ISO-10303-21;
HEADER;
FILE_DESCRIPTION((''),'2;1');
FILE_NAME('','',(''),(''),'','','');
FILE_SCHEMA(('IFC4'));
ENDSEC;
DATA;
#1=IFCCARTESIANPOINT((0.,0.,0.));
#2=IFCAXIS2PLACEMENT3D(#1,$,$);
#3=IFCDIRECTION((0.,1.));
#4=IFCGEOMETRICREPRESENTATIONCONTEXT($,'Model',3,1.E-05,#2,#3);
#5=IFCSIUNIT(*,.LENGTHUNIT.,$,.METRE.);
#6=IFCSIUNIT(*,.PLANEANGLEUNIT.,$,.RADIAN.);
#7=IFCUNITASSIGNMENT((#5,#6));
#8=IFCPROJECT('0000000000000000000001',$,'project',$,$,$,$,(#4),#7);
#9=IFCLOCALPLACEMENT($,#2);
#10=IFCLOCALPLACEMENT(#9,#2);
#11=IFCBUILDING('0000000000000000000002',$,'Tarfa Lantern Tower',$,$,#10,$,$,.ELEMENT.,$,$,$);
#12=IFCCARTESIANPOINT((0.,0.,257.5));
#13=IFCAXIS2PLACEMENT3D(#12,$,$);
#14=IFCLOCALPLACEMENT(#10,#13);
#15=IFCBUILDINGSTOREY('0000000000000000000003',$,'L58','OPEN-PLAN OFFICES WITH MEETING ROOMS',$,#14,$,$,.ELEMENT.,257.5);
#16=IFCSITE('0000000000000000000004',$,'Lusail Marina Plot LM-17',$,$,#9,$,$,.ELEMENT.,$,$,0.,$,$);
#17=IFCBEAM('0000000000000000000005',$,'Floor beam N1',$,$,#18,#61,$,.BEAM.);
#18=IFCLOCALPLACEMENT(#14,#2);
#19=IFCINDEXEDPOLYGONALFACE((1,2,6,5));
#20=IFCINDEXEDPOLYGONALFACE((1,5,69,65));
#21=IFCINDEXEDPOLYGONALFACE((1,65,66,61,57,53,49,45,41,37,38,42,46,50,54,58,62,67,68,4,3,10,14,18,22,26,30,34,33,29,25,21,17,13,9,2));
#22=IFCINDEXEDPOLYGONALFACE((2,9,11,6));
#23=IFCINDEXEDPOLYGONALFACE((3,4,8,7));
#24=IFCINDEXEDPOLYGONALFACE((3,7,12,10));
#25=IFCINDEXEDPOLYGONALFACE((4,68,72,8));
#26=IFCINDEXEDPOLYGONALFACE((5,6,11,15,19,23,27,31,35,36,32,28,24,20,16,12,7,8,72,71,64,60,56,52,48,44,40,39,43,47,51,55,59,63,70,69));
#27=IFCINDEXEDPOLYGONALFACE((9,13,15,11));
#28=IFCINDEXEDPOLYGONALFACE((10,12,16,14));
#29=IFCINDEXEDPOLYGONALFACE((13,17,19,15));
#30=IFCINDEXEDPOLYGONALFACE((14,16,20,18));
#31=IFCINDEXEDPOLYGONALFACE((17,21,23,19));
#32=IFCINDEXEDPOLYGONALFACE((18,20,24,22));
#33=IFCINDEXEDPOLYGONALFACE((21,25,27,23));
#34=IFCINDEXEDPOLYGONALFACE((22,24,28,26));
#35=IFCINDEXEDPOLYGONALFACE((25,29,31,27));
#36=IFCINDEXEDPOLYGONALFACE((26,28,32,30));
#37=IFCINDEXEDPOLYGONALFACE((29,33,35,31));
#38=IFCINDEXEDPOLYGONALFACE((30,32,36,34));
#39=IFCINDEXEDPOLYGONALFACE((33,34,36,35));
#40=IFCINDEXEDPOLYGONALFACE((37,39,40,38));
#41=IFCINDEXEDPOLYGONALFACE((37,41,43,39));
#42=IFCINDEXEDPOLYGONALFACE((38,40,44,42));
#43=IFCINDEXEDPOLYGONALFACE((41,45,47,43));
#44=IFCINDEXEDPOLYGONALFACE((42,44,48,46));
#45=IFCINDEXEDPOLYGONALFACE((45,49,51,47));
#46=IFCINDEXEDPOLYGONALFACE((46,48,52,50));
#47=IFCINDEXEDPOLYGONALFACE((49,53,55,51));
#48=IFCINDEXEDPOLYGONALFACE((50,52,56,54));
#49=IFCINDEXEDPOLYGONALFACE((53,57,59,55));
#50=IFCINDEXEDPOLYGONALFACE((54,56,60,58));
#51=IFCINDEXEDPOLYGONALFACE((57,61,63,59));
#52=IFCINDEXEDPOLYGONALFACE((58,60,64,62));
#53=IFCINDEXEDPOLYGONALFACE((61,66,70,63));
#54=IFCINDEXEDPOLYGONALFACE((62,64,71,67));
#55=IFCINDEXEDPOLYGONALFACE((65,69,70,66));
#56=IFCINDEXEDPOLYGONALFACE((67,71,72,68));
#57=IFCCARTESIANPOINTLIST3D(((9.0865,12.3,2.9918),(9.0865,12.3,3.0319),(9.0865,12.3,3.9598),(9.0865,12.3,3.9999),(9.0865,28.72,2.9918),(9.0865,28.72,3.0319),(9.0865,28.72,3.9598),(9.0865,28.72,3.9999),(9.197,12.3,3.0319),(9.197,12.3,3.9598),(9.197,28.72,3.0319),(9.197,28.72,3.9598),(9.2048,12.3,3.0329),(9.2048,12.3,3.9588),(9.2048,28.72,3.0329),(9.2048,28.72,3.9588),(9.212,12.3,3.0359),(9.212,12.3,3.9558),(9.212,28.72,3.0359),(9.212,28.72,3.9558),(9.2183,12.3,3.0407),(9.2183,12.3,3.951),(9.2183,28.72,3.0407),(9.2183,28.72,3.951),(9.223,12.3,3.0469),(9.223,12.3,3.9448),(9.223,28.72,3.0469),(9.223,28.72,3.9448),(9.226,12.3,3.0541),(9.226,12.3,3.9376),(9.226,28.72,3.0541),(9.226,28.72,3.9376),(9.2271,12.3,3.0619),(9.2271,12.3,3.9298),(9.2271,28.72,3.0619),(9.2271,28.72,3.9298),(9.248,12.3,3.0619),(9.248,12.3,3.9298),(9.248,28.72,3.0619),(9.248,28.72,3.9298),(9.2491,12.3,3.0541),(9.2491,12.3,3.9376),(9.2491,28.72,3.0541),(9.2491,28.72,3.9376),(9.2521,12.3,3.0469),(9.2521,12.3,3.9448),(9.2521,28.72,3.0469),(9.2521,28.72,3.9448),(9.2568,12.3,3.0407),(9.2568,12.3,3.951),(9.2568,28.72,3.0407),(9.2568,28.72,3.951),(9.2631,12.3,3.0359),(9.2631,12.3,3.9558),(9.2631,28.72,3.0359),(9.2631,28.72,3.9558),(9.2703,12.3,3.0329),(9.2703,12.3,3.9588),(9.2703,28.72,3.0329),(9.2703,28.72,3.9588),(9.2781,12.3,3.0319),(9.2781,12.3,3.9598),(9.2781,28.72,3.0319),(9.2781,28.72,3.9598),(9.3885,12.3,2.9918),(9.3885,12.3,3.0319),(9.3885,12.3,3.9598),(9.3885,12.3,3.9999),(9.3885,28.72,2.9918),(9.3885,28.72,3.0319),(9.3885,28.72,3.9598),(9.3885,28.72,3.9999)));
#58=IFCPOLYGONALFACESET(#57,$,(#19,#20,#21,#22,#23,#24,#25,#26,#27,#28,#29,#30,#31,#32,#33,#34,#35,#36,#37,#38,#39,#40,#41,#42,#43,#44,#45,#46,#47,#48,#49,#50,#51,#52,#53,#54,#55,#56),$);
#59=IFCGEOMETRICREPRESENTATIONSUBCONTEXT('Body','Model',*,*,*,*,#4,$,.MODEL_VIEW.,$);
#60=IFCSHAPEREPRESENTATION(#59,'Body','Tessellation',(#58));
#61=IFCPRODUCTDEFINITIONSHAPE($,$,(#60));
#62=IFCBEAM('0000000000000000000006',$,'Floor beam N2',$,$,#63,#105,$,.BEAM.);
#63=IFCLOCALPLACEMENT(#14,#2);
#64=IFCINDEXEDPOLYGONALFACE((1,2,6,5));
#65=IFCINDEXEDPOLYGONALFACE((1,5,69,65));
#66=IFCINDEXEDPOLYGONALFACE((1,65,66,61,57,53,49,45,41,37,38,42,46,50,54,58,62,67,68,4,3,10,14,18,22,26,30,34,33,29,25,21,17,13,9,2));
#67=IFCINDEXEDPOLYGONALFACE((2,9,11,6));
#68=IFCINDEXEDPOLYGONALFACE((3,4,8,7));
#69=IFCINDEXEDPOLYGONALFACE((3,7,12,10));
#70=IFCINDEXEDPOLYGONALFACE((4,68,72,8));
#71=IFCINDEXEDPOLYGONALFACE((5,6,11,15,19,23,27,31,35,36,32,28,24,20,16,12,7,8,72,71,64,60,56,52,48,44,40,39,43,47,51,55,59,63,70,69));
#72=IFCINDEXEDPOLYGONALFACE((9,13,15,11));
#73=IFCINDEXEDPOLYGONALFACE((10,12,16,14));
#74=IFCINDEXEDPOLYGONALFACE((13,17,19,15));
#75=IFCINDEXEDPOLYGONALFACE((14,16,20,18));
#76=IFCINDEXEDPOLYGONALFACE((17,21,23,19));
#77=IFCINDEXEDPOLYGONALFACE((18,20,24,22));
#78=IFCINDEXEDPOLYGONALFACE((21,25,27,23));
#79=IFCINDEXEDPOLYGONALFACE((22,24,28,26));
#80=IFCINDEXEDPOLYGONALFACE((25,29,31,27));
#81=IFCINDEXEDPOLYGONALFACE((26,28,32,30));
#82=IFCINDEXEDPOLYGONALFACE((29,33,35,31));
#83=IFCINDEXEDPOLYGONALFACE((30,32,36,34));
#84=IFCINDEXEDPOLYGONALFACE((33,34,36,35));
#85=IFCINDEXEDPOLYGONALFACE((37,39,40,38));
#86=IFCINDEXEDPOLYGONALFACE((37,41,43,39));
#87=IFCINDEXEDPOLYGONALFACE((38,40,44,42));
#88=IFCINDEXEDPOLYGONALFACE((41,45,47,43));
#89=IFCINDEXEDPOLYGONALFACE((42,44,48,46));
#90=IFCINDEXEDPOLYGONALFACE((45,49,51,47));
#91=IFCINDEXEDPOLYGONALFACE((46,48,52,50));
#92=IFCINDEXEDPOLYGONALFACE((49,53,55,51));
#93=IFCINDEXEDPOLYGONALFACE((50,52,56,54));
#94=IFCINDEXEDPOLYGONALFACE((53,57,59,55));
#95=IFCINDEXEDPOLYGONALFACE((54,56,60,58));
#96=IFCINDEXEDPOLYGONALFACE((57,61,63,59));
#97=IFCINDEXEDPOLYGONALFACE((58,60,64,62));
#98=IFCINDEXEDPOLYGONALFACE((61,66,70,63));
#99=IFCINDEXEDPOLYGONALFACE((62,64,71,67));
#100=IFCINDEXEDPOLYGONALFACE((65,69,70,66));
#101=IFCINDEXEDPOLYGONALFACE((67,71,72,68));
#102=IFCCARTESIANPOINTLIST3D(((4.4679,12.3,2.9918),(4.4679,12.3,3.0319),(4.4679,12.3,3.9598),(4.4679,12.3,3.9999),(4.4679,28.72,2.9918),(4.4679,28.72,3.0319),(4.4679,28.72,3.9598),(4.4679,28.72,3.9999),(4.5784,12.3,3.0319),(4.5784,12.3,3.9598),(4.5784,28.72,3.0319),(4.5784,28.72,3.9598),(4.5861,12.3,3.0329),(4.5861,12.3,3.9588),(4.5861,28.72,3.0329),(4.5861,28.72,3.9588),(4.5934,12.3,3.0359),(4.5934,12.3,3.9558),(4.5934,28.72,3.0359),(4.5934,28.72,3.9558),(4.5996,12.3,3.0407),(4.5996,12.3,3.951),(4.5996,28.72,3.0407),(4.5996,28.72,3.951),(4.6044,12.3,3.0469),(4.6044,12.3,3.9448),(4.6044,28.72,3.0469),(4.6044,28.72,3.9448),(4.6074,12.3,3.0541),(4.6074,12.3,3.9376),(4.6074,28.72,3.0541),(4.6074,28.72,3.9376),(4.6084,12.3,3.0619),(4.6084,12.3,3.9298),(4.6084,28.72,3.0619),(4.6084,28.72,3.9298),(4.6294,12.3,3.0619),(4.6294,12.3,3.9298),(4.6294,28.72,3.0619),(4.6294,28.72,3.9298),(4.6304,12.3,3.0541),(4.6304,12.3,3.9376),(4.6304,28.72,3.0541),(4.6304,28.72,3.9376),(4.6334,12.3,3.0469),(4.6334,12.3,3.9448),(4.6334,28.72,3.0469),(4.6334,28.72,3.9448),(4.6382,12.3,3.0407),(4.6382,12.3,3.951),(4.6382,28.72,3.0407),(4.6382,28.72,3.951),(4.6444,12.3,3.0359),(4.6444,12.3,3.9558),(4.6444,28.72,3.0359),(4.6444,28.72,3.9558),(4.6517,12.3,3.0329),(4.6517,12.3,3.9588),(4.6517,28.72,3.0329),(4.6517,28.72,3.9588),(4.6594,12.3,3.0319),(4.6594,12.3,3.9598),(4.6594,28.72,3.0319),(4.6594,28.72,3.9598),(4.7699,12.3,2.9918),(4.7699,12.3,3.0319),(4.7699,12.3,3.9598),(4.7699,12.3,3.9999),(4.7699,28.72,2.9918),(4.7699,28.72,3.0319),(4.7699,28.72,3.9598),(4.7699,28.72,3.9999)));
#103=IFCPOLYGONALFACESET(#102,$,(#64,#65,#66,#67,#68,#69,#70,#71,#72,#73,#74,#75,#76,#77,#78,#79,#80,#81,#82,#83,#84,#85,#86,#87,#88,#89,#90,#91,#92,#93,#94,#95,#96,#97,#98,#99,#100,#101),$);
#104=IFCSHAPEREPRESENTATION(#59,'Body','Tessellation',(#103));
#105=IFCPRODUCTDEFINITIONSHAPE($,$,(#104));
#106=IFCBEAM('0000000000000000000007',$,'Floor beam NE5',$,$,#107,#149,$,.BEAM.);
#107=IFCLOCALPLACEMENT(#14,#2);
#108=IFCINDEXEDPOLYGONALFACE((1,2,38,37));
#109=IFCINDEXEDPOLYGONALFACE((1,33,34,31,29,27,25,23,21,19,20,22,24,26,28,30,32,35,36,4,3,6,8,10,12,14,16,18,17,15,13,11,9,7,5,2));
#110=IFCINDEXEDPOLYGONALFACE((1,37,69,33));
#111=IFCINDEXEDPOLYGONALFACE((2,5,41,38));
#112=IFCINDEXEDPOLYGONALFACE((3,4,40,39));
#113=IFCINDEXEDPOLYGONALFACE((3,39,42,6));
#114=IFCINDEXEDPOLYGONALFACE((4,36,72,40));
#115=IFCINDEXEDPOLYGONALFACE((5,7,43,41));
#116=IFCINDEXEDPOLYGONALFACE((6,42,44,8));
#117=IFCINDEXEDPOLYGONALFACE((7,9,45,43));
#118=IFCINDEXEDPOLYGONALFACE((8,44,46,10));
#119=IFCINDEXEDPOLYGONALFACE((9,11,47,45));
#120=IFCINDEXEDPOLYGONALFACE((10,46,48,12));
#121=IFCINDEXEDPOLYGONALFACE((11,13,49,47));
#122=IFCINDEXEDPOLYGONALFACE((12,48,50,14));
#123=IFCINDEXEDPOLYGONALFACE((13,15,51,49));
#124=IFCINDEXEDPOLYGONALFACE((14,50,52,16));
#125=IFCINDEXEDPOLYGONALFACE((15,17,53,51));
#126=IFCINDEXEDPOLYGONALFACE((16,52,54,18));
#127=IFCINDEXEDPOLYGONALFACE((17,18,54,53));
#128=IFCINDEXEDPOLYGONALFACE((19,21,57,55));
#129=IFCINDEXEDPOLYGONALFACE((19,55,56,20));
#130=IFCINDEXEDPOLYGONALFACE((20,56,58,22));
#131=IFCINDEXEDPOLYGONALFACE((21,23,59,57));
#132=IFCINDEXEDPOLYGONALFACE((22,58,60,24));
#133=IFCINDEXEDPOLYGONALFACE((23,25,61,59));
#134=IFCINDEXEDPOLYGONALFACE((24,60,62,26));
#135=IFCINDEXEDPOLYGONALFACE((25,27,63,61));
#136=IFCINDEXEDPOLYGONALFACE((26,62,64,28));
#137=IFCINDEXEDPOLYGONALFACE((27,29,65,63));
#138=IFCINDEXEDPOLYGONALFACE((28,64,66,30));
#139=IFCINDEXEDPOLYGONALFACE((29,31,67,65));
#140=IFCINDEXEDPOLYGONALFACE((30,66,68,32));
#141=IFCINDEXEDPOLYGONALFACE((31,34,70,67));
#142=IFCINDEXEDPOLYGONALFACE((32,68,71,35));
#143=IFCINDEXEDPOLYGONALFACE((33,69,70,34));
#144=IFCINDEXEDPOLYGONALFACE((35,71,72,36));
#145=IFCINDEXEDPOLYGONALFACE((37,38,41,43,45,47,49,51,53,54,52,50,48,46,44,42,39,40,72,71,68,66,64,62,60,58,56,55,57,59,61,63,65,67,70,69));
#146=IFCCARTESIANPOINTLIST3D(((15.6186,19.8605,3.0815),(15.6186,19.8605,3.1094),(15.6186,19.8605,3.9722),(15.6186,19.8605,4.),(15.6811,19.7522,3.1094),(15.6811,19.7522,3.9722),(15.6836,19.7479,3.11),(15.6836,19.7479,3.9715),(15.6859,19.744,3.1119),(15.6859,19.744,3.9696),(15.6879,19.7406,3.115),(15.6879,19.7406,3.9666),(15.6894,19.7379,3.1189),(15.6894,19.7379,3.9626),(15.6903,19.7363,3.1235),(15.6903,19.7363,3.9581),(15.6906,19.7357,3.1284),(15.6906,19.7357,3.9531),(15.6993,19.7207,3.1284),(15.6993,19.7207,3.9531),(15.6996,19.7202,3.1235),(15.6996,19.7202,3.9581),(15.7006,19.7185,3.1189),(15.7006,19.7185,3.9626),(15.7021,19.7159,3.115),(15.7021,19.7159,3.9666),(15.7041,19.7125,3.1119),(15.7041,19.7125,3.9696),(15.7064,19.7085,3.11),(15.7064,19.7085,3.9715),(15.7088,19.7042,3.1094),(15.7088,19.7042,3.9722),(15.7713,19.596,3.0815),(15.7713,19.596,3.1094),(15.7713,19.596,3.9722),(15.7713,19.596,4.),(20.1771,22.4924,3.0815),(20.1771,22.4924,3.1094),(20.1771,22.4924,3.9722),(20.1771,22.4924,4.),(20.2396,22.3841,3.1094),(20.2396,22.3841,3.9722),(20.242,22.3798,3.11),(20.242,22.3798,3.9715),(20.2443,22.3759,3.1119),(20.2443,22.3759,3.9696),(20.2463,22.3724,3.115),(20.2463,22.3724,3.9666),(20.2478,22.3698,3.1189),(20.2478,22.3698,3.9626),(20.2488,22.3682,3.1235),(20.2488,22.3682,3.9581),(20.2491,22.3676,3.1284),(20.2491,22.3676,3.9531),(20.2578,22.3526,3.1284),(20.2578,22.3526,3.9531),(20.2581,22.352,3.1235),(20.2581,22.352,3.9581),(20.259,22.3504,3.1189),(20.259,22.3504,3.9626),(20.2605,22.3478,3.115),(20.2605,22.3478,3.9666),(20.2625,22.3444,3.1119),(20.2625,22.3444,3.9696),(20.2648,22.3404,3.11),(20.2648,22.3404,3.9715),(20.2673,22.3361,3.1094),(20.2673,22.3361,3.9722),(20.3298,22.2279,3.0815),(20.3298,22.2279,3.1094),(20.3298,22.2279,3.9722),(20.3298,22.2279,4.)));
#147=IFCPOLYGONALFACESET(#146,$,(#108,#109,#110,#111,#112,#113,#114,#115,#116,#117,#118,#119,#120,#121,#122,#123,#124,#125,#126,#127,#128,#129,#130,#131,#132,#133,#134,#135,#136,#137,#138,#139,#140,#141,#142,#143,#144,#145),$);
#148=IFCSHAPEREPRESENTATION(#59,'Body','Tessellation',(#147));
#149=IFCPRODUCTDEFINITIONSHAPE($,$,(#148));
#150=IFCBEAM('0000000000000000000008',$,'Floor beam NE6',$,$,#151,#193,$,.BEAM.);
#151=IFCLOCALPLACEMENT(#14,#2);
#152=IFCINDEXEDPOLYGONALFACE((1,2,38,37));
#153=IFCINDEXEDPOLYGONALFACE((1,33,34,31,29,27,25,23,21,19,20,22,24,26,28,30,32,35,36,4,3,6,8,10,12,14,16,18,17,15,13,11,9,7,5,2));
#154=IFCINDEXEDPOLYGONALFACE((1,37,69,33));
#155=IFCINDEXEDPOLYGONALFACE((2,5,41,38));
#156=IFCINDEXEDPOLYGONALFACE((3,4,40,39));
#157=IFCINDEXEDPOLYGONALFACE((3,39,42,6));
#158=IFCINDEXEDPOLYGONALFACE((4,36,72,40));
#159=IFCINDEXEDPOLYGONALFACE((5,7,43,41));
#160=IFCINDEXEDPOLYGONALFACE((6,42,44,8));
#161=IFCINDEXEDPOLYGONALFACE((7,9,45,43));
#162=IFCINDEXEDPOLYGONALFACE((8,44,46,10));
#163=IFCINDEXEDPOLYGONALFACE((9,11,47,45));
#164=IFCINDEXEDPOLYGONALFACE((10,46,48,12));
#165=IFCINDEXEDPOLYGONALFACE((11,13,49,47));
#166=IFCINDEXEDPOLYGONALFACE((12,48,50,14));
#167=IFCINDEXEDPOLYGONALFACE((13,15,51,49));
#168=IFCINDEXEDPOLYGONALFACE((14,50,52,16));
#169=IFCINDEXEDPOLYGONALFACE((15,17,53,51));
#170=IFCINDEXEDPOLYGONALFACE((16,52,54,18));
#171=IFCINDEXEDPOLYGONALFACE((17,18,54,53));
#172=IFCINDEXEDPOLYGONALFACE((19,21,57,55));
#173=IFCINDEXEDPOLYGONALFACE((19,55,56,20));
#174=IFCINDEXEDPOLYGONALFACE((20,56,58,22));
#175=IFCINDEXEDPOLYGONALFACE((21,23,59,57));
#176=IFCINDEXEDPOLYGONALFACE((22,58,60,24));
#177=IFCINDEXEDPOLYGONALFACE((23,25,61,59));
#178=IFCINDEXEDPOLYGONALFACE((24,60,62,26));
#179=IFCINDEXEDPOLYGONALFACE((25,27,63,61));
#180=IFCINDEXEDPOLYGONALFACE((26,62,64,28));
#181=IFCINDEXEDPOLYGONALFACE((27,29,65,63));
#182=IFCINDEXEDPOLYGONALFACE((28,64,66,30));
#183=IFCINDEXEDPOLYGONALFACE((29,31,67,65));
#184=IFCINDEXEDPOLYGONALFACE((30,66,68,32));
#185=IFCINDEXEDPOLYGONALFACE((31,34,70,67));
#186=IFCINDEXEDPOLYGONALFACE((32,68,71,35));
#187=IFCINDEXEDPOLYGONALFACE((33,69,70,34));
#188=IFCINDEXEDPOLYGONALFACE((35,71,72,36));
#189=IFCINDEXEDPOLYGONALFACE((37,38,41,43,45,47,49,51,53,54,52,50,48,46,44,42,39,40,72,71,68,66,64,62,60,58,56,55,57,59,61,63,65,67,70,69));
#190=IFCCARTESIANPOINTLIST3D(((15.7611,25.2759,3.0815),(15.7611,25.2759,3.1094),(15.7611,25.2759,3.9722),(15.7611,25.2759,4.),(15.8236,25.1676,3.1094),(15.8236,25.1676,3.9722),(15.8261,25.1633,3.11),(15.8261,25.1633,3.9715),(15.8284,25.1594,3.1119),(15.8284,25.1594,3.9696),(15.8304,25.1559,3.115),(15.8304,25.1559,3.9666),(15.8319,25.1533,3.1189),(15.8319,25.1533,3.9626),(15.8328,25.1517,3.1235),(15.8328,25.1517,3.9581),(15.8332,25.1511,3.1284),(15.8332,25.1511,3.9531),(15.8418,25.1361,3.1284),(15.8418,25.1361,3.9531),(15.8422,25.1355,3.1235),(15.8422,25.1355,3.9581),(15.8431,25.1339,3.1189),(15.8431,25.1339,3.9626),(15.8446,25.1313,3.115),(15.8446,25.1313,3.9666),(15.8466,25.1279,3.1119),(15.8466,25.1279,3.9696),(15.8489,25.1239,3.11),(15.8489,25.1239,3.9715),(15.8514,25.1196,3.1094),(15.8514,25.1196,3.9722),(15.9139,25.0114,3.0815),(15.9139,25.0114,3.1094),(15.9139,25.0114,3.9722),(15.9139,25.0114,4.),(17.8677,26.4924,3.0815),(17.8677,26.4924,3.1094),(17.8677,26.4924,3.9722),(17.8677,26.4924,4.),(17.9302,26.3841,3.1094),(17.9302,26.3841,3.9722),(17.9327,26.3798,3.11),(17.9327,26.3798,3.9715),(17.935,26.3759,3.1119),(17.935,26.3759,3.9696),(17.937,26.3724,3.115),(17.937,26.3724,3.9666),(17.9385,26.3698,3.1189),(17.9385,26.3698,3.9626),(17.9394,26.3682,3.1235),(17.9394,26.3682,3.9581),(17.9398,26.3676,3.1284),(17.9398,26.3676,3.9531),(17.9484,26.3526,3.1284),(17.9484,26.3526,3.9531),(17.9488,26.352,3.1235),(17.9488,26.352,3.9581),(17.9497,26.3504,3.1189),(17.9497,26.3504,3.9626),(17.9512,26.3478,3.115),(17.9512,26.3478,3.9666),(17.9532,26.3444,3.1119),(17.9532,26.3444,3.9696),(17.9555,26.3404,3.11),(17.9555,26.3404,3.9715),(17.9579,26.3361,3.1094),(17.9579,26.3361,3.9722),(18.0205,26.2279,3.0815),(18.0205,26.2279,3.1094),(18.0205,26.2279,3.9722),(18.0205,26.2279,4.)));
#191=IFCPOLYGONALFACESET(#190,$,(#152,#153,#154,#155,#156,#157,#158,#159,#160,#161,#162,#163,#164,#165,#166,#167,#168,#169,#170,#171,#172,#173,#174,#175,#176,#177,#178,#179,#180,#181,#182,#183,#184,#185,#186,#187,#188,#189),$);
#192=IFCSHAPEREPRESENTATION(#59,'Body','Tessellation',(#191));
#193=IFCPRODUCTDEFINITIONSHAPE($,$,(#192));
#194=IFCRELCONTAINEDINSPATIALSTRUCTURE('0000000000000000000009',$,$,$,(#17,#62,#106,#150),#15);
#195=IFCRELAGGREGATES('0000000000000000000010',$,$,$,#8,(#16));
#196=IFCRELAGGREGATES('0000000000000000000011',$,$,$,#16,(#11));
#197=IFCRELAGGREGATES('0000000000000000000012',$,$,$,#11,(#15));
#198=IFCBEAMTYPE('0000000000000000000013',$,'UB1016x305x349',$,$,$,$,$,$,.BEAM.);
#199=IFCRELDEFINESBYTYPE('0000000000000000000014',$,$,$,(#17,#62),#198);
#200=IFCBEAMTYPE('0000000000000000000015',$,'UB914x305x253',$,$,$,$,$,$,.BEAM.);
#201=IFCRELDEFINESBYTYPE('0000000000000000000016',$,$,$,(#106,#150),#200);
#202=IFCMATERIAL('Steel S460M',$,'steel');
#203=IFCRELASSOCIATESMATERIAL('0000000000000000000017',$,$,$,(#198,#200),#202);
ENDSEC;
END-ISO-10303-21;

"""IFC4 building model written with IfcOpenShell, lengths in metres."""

from ifc_helpers import new_model, si_unit, direction, frame, origin, origin_2d, place, context, subcontext, project, spatial, i_section, extrude, material, material_profile, profile_set, type_object, element, save


model = new_model("IFC4")

# Units and contexts
model_context = context("Model", 3, precision=1e-05, world=origin(), true_north=direction((0.0, 1.0)))
body_context = subcontext(model_context, "Body", "Model", "MODEL_VIEW")
ifc_project = project(units=[si_unit("LENGTHUNIT", "METRE"), si_unit("PLANEANGLEUNIT", "RADIAN")], contexts=[model_context])

# Site, building, storey
site_placement = place(None, origin())
site = spatial("IfcSite", under=ifc_project, at=site_placement, Name="Lusail Marina Plot LM-17", CompositionType="ELEMENT", RefElevation=0.0)
building_placement = place(site_placement, origin())
building = spatial("IfcBuilding", under=site, at=building_placement, Name="Tarfa Lantern Tower", CompositionType="ELEMENT")
storey_placement = place(building_placement, frame((0.0, 0.0, 257.5)))
storey = spatial("IfcBuildingStorey", under=building, at=storey_placement, Name="L58", Description="OPEN-PLAN OFFICES WITH MEETING ROOMS", CompositionType="ELEMENT", Elevation=257.5)

# Beams
ifc_material_1 = material(Name="Steel S460M", Category="steel")
ifc_material_profile_1 = material_profile(ifc_material_1, i_section(OverallWidth=0.302, OverallDepth=1.0081, WebThickness=0.021, FlangeThickness=0.04, FilletRadius=0.03, at=origin_2d()), Name="UB1016x305x349")
ifc_profile_set_1 = profile_set([ifc_material_profile_1], Name="Steel S460M")
beam_type_1 = type_object("IfcBeamType", Name="UB1016x305x349", PredefinedType="BEAM", material=ifc_profile_set_1)
for number, where, z_axis, x_axis, name in (
    (1, (9.2375, 28.72, 3.4958), (0.0, -1.0, 0.0), (1.0, 0.0, 0.0), "Floor beam N1"),
    (2, (4.6189, 28.72, 3.4958), (0.0, -1.0, 0.0), (1.0, 0.0, 0.0), "Floor beam N2"),
):
    element("IfcBeam", number, at=place(storey_placement, frame(where, z_axis=z_axis, x_axis=x_axis)), inside=storey, type_object=beam_type_1, Name=name, PredefinedType="BEAM", context=body_context, shape_type="SweptSolid", body=[
        extrude(i_section(OverallWidth=0.302, OverallDepth=1.0081, WebThickness=0.021, FlangeThickness=0.04, FilletRadius=0.03, at=origin_2d()), origin(), (0.0, 0.0, 1.0), 16.4199),
    ])
ifc_material_profile_2 = material_profile(ifc_material_1, i_section(OverallWidth=0.3054, OverallDepth=0.9185, WebThickness=0.0173, FlangeThickness=0.0278, FilletRadius=0.019, at=origin_2d()), Name="UB914x305x253")
ifc_profile_set_2 = profile_set([ifc_material_profile_2], Name="Steel S460M")
beam_type_2 = type_object("IfcBeamType", Name="UB914x305x253", PredefinedType="BEAM", material=ifc_profile_set_2)
beam_1_placement = place(storey_placement, frame((20.2534, 22.3601, 3.5408), z_axis=(-0.86602, -0.50001, 0.0), x_axis=(0.50001, -0.86602, 0.0)))
element("IfcBeam", 3, at=beam_1_placement, inside=storey, type_object=beam_type_2, Name="Floor beam NE5", PredefinedType="BEAM", context=body_context, shape_type="SweptSolid", body=[
    extrude(i_section(OverallWidth=0.3054, OverallDepth=0.9185, WebThickness=0.0173, FlangeThickness=0.0278, FilletRadius=0.019, at=origin_2d()), origin(), (0.0, 0.0, 1.0), 5.2637),
])
beam_2_placement = place(storey_placement, frame((17.9441, 26.3601, 3.5408), z_axis=(-0.86598, -0.500079, 0.0), x_axis=(0.500079, -0.86598, 0.0)))
element("IfcBeam", 4, at=beam_2_placement, inside=storey, type_object=beam_type_2, Name="Floor beam NE6", PredefinedType="BEAM", context=body_context, shape_type="SweptSolid", body=[
    extrude(i_section(OverallWidth=0.3054, OverallDepth=0.9185, WebThickness=0.0173, FlangeThickness=0.0278, FilletRadius=0.019, at=origin_2d()), origin(), (0.0, 0.0, 1.0), 2.4326),
])

save(model, "model.ifc")
